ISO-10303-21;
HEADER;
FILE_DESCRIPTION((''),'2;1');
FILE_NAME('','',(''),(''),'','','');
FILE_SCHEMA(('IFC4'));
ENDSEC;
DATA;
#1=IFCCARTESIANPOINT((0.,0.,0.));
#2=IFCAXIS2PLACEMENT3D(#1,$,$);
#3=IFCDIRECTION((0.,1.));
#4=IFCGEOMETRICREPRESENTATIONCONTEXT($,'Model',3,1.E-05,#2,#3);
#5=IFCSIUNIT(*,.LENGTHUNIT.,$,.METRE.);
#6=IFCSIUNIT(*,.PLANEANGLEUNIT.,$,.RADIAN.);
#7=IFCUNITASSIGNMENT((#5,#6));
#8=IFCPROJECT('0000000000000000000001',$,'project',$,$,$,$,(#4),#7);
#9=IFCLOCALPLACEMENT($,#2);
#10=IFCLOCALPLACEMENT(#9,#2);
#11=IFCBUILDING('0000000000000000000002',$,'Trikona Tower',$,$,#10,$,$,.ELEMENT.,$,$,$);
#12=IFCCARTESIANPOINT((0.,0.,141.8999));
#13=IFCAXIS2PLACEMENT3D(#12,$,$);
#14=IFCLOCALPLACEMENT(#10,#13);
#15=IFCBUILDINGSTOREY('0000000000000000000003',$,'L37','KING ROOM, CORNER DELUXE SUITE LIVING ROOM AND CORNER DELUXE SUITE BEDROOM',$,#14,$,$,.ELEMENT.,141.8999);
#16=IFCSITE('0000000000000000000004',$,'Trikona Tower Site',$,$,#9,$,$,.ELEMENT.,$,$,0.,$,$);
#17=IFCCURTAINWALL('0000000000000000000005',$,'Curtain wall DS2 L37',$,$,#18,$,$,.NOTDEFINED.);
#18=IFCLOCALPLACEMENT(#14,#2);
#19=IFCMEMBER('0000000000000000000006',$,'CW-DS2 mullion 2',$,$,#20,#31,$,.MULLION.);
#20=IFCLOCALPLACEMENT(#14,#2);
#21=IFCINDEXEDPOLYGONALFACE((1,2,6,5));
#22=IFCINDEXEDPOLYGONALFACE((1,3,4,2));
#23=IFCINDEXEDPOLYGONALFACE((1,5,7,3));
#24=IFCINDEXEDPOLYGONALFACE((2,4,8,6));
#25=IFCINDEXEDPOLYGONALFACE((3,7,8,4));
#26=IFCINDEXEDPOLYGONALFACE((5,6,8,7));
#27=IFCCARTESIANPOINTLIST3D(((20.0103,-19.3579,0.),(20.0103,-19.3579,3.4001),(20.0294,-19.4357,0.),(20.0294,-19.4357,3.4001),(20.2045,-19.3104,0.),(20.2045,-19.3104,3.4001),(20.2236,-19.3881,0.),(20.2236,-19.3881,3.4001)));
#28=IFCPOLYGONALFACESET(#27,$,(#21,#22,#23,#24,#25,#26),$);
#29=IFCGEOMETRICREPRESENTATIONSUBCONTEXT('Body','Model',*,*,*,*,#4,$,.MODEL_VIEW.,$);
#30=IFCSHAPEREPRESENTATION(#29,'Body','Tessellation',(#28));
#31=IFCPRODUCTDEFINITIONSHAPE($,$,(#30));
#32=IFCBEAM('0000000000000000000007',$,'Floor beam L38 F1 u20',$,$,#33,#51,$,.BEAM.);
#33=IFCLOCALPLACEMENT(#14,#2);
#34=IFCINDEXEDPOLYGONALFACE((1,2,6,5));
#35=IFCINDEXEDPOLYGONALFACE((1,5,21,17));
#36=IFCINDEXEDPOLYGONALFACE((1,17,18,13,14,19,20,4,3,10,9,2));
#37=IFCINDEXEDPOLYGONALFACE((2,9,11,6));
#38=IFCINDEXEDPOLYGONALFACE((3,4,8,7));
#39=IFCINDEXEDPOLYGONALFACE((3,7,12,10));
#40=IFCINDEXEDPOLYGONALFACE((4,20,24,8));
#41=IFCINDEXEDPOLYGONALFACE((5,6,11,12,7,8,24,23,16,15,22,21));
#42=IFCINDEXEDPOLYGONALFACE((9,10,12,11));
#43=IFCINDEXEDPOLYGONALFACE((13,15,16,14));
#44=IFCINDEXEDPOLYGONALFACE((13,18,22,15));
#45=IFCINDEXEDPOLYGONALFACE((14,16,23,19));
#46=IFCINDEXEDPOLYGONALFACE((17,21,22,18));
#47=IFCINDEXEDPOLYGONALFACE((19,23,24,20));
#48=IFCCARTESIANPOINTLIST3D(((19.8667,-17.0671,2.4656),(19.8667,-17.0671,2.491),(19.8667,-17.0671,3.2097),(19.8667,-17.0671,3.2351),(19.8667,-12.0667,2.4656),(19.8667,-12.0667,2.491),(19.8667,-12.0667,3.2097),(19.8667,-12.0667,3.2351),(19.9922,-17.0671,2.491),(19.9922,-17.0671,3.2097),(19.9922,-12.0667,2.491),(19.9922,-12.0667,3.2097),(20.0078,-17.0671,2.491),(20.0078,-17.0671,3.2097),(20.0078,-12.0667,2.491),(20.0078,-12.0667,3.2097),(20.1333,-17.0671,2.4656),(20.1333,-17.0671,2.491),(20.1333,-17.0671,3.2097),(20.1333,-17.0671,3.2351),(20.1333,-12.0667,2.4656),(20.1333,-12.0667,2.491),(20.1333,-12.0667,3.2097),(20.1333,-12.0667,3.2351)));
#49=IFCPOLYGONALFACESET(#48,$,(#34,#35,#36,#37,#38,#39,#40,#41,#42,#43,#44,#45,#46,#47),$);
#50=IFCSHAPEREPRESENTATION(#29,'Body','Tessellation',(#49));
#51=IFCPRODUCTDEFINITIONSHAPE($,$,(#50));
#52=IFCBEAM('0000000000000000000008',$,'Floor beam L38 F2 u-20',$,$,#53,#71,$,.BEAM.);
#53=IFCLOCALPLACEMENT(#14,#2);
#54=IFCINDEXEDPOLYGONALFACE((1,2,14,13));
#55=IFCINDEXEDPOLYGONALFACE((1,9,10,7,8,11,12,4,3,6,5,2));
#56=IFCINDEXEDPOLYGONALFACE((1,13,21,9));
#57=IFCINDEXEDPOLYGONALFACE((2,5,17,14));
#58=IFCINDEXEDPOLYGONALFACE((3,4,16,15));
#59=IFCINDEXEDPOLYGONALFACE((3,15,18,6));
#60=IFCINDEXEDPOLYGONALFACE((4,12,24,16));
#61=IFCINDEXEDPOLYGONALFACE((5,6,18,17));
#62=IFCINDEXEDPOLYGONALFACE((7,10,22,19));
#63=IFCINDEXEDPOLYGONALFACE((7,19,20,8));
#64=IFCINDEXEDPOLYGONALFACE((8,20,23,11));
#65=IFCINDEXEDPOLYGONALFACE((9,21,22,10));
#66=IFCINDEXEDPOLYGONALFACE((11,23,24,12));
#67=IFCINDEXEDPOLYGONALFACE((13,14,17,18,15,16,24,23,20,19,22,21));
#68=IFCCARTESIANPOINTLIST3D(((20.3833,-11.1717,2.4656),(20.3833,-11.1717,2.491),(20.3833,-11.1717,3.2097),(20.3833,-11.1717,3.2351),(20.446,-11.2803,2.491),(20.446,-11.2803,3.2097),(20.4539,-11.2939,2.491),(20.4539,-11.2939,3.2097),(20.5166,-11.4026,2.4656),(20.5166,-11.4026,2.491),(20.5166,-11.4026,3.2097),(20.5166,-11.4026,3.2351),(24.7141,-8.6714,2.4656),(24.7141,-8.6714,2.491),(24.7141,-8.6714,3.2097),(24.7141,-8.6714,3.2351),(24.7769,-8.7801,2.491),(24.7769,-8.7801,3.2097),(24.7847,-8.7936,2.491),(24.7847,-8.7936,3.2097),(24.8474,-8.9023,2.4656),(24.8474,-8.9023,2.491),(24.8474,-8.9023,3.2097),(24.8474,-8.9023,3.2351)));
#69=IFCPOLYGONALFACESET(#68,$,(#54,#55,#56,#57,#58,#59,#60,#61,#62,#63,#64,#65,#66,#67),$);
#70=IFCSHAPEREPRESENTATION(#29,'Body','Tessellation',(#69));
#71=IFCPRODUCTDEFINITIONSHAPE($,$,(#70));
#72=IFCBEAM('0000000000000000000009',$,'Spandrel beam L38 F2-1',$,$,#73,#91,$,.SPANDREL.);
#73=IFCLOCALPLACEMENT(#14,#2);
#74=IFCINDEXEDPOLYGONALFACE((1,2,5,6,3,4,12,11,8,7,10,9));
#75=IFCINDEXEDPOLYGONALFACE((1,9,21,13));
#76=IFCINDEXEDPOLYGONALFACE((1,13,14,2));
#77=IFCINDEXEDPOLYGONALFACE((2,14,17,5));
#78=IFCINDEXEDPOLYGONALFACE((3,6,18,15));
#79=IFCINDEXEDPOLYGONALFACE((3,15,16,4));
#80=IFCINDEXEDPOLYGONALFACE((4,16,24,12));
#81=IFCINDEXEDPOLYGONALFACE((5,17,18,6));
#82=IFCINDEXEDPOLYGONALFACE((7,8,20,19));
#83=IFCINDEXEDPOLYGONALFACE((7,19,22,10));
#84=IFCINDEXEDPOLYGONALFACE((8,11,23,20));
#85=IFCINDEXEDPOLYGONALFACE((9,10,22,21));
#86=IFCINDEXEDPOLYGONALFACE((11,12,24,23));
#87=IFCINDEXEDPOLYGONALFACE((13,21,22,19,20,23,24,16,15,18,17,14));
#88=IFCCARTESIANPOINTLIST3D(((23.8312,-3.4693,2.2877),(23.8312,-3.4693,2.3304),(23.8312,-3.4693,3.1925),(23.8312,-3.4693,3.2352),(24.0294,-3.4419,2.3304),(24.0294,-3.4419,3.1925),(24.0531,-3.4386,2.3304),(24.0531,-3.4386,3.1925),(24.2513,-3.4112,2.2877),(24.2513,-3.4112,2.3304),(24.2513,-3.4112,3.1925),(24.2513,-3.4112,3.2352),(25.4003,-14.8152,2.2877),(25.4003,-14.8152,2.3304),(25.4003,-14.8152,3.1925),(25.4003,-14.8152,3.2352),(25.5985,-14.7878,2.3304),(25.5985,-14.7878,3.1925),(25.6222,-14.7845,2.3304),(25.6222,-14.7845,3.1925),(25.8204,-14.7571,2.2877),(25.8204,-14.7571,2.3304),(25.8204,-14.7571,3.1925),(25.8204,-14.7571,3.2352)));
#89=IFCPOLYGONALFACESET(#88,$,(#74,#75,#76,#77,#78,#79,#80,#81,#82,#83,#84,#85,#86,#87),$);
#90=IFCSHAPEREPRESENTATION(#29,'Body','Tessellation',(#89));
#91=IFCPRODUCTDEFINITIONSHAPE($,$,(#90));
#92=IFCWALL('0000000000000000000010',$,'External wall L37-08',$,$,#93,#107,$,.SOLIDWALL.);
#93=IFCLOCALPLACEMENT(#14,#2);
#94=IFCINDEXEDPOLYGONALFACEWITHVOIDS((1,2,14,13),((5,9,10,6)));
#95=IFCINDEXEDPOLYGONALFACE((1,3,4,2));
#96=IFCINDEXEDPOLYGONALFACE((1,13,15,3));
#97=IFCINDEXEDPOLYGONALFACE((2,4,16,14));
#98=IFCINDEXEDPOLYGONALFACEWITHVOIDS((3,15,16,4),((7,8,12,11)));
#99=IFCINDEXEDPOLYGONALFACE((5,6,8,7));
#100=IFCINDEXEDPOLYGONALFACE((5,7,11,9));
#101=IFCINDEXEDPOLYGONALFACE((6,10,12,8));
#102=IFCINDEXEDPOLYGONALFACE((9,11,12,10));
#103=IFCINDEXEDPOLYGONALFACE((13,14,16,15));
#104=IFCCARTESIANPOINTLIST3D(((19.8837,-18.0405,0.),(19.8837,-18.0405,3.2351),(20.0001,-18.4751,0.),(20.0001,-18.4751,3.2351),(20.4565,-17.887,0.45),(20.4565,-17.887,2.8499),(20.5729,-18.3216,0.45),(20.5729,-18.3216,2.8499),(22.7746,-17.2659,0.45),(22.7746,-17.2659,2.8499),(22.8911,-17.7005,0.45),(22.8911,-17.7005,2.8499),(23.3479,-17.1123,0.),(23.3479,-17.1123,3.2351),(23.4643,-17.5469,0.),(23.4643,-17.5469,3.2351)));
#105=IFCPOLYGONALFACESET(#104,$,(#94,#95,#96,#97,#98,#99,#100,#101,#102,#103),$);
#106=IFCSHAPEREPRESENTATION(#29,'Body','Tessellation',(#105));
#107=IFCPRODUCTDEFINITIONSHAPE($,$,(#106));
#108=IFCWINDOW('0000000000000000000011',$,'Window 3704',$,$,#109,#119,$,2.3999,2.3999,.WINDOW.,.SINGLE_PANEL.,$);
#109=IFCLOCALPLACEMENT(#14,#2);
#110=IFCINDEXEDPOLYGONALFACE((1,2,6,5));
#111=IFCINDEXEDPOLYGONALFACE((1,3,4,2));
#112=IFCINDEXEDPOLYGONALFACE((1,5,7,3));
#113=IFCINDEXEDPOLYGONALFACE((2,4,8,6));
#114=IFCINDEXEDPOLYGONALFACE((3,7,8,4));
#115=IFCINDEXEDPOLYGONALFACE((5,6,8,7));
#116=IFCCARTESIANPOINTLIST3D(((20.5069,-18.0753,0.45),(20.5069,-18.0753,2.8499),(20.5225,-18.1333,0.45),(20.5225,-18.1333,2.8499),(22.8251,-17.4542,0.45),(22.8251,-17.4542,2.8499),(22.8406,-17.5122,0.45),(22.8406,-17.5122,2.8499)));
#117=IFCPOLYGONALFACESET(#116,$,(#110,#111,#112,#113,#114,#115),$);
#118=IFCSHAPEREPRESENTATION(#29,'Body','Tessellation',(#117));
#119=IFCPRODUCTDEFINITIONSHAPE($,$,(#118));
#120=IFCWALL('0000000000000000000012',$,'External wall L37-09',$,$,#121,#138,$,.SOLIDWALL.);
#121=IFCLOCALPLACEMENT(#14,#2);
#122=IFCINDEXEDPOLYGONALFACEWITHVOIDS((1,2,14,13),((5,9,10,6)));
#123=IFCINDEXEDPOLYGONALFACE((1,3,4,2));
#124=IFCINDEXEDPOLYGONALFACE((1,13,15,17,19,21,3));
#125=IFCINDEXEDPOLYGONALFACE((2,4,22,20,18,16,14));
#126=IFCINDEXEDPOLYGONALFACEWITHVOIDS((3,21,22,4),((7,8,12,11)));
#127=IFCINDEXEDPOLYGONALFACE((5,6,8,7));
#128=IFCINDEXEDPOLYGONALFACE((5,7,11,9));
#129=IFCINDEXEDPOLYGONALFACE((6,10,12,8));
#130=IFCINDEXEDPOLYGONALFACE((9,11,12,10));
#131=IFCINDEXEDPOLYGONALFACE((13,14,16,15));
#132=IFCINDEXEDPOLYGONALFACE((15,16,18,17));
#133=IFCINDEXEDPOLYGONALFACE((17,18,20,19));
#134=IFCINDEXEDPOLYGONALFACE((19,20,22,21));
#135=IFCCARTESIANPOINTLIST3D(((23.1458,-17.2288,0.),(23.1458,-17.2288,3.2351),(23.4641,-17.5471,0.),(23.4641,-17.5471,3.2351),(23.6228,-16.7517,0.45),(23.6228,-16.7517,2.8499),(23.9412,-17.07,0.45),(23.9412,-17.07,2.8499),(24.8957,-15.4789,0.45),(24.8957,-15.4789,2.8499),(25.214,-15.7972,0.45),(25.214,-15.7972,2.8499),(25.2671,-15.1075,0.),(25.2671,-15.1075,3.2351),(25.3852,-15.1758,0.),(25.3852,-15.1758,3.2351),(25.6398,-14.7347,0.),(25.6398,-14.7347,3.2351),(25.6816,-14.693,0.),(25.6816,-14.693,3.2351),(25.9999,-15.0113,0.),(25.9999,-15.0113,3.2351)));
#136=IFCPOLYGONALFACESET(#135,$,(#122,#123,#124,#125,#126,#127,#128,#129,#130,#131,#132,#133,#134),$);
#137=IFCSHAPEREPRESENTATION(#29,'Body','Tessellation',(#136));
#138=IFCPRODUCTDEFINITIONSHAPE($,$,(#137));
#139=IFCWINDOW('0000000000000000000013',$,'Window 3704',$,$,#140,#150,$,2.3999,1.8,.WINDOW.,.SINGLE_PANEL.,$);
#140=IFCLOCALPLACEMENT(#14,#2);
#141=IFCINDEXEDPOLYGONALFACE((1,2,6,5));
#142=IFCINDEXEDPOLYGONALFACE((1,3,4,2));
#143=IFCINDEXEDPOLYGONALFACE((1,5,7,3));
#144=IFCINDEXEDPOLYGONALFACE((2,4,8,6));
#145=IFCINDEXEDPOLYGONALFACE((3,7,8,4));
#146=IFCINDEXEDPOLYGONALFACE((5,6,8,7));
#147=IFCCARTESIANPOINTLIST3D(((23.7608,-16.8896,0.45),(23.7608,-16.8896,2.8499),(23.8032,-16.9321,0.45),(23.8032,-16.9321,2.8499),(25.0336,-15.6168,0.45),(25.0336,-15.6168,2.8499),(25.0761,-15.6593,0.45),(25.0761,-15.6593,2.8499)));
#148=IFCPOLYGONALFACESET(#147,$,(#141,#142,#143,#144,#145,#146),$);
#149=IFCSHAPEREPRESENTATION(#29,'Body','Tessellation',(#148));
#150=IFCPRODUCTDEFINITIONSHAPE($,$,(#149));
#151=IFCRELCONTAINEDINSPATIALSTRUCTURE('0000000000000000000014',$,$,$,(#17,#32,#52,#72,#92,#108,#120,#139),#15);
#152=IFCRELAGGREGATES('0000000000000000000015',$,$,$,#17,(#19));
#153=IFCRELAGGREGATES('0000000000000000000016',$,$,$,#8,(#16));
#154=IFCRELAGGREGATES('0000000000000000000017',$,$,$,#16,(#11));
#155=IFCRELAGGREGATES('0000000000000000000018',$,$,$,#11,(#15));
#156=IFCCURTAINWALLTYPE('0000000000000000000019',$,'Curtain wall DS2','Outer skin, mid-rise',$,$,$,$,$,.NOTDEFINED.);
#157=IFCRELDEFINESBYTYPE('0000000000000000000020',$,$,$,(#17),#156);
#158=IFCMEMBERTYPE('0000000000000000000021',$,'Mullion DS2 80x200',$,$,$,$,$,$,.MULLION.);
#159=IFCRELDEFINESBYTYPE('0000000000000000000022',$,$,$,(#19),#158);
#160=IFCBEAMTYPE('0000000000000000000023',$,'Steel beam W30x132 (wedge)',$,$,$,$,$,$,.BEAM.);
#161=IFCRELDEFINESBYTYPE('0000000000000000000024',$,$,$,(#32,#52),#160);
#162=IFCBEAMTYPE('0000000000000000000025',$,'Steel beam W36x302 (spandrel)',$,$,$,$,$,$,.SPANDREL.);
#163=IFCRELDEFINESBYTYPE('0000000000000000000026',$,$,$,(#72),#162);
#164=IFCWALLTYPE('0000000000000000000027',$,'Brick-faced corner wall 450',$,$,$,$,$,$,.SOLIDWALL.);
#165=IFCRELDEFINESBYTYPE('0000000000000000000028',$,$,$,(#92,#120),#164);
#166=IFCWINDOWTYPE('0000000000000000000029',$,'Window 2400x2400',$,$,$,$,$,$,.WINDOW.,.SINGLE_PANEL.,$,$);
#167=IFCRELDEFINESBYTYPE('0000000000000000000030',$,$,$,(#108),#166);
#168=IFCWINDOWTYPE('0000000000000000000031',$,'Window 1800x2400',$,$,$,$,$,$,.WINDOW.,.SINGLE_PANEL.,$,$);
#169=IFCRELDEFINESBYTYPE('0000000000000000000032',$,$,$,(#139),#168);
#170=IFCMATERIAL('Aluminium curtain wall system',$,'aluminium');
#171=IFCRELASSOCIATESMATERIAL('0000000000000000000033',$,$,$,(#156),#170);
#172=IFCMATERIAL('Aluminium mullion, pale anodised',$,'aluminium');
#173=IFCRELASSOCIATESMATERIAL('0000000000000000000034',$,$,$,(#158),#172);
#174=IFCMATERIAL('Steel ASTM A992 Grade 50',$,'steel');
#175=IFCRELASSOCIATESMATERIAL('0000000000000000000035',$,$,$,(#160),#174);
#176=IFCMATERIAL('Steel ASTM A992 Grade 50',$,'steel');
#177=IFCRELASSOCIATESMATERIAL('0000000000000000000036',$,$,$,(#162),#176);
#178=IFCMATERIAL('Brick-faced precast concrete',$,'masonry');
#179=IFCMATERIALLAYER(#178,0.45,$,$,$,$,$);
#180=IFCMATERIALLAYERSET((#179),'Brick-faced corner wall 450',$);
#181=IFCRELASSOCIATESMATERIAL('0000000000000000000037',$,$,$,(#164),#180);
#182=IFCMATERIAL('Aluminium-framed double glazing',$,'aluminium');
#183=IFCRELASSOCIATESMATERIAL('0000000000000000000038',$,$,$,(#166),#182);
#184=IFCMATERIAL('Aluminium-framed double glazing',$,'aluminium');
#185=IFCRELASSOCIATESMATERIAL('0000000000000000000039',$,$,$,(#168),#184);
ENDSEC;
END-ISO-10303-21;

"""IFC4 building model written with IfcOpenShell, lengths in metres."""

from ifc_helpers import new_model, si_unit, direction, frame, frame_2d, origin, origin_2d, place, context, subcontext, project, spatial, polyline, rectangle, i_section, outline, extrude, material, layer, layer_set, material_profile, profile_set, type_object, element, fill, aggregate, save


model = new_model("IFC4")

# Units and contexts
model_context = context("Model", 3, precision=1e-05, world=origin(), true_north=direction((0.0, 1.0)))
body_context = subcontext(model_context, "Body", "Model", "MODEL_VIEW")
ifc_project = project(units=[si_unit("LENGTHUNIT", "METRE"), si_unit("PLANEANGLEUNIT", "RADIAN")], contexts=[model_context])

# Site, building, storey
site_placement = place(None, origin())
site = spatial("IfcSite", under=ifc_project, at=site_placement, Name="Trikona Tower Site", CompositionType="ELEMENT", RefElevation=0.0)
building_placement = place(site_placement, origin())
building = spatial("IfcBuilding", under=site, at=building_placement, Name="Trikona Tower", CompositionType="ELEMENT")
storey_placement = place(building_placement, frame((0.0, 0.0, 141.8999)))
storey = spatial("IfcBuildingStorey", under=building, at=storey_placement, Name="L37", Description="KING ROOM, CORNER DELUXE SUITE LIVING ROOM AND CORNER DELUXE SUITE BEDROOM", CompositionType="ELEMENT", Elevation=141.8999)

# Curtain wall, member
ifc_material_1 = material(Name="Aluminium curtain wall system", Category="aluminium")
curtain_wall_type = type_object("IfcCurtainWallType", Name="Curtain wall DS2", Description="Outer skin, mid-rise", PredefinedType="NOTDEFINED", material=ifc_material_1)
curtain_wall_placement = place(storey_placement, origin())
curtain_wall = element("IfcCurtainWall", 1, at=curtain_wall_placement, inside=storey, type_object=curtain_wall_type, Name="Curtain wall DS2 L37", PredefinedType="NOTDEFINED")
ifc_material_2 = material(Name="Aluminium mullion, pale anodised", Category="aluminium")
ifc_material_profile_1 = material_profile(ifc_material_2, rectangle(XDim=0.0801, YDim=0.2, at=origin_2d()), Name="MUL-DS2")
ifc_profile_set_1 = profile_set([ifc_material_profile_1], Name="Aluminium mullion, pale anodised")
member_type = type_object("IfcMemberType", Name="Mullion DS2 80x200", PredefinedType="MULLION", material=ifc_profile_set_1)
member_placement = place(storey_placement, frame((20.1169, -19.373, 0.0), z_axis=(0.0, 0.0, 1.0), x_axis=(-0.23797, 0.971272, 0.0)))
member = element("IfcMember", 2, at=member_placement, type_object=member_type, Name="CW-DS2 mullion 2", PredefinedType="MULLION", context=body_context, shape_type="SweptSolid", body=[
    extrude(rectangle(XDim=0.0801, YDim=0.2, at=origin_2d()), origin(), (0.0, 0.0, 1.0), 3.4001),
])
aggregate(curtain_wall, [member])

# Beams
ifc_material_3 = material(Name="Steel ASTM A992 Grade 50", Category="steel")
ifc_material_profile_2 = material_profile(ifc_material_3, i_section(OverallWidth=0.2666, OverallDepth=0.7695, WebThickness=0.0156, FlangeThickness=0.0254, at=origin_2d()), Name="W30X132")
ifc_profile_set_2 = profile_set([ifc_material_profile_2], Name="Steel ASTM A992 Grade 50")
beam_type_1 = type_object("IfcBeamType", Name="Steel beam W30x132 (wedge)", PredefinedType="BEAM", material=ifc_profile_set_2)
beam_1_placement = place(storey_placement, frame((20.0, -12.0667, 2.8503), z_axis=(0.0, -1.0, 0.0), x_axis=(1.0, 0.0, 0.0)))
element("IfcBeam", 3, at=beam_1_placement, inside=storey, type_object=beam_type_1, Name="Floor beam L38 F1 u20", PredefinedType="BEAM", context=body_context, shape_type="SweptSolid", body=[
    extrude(i_section(OverallWidth=0.2666, OverallDepth=0.7695, WebThickness=0.0156, FlangeThickness=0.0254, at=origin_2d()), origin(), (0.0, 0.0, 1.0), 5.0005),
])
beam_2_placement = place(storey_placement, frame((20.45, -11.2871, 2.8503), z_axis=(0.866038, 0.499977, 0.0), x_axis=(-0.499977, 0.866038, 0.0)))
element("IfcBeam", 4, at=beam_2_placement, inside=storey, type_object=beam_type_1, Name="Floor beam L38 F2 u-20", PredefinedType="BEAM", context=body_context, shape_type="SweptSolid", body=[
    extrude(i_section(OverallWidth=0.2666, OverallDepth=0.7695, WebThickness=0.0156, FlangeThickness=0.0254, at=origin_2d()), origin(), (0.0, 0.0, 1.0), 5.0007),
])
ifc_material_4 = material(Name="Steel ASTM A992 Grade 50", Category="steel")
ifc_material_profile_3 = material_profile(ifc_material_4, i_section(OverallWidth=0.4241, OverallDepth=0.9475, WebThickness=0.0239, FlangeThickness=0.0427, at=origin_2d()), Name="W36X302")
ifc_profile_set_3 = profile_set([ifc_material_profile_3], Name="Steel ASTM A992 Grade 50")
beam_type_2 = type_object("IfcBeamType", Name="Steel beam W36x302 (spandrel)", PredefinedType="SPANDREL", material=ifc_profile_set_3)
beam_3_placement = place(storey_placement, frame((25.6104, -14.7861, 2.7615), z_axis=(-0.136992, 0.990572, 0.0), x_axis=(-0.990572, -0.136992, 0.0)))
element("IfcBeam", 5, at=beam_3_placement, inside=storey, type_object=beam_type_2, Name="Spandrel beam L38 F2-1", PredefinedType="SPANDREL", context=body_context, shape_type="SweptSolid", body=[
    extrude(i_section(OverallWidth=0.4241, OverallDepth=0.9475, WebThickness=0.0239, FlangeThickness=0.0427, at=origin_2d()), origin(), (0.0, 0.0, 1.0), 11.4539),
])

# Walls, openings, windows
ifc_material_5 = material(Name="Brick-faced precast concrete", Category="masonry")
ifc_layer_1 = layer(ifc_material_5, 0.45)
ifc_layer_set_1 = layer_set([ifc_layer_1], Name="Brick-faced corner wall 450")
wall_type_1 = type_object("IfcWallType", Name="Brick-faced corner wall 450", PredefinedType="SOLIDWALL", material=ifc_layer_set_1)
wall_1_placement = place(storey_placement, frame((19.9419, -18.2578, 0.0), z_axis=(0.0, 0.0, 1.0), x_axis=(0.965925, 0.258823, 0.0)))
wall_1 = element("IfcWall", 6, at=wall_1_placement, inside=storey, type_object=wall_type_1, Name="External wall L37-08", PredefinedType="SOLIDWALL", context=body_context, shape_type="SweptSolid", body=[
    extrude(rectangle(XDim=3.5864, YDim=0.45, at=frame_2d((1.7932, 0.0))), origin(), (0.0, 0.0, 1.0), 3.2351),
])
opening_1_placement = place(wall_1_placement, frame((0.593, 0.0, 0.45)))
opening_1 = element("IfcOpeningElement", 7, at=opening_1_placement, cuts=wall_1, PredefinedType="OPENING", context=body_context, shape_type="SweptSolid", body=[
    extrude(rectangle(XDim=2.3999, YDim=2.3999, at=frame_2d((1.2, 1.2))), frame((0.0, 0.2349, 0.0), z_axis=(0.0, -1.0, 0.0), x_axis=(1.0, 0.0, 0.0)), (0.0, 0.0, 1.0), 0.47),
])
ifc_material_6 = material(Name="Aluminium-framed double glazing", Category="aluminium")
window_type_1 = type_object("IfcWindowType", Name="Window 2400x2400", PartitioningType="SINGLE_PANEL", PredefinedType="WINDOW", material=ifc_material_6)
window_1_placement = place(opening_1_placement, origin())
window_1 = element("IfcWindow", 8, at=window_1_placement, inside=storey, type_object=window_type_1, Name="Window 3704", OverallHeight=2.3999, OverallWidth=2.3999, PartitioningType="SINGLE_PANEL", PredefinedType="WINDOW", context=body_context, shape_type="SweptSolid", body=[
    extrude(rectangle(XDim=2.3999, YDim=2.3999, at=frame_2d((1.2, 1.2))), frame((0.0, 0.03, 0.0), z_axis=(0.0, -1.0, 0.0), x_axis=(1.0, 0.0, 0.0)), (0.0, 0.0, 1.0), 0.0601),
])
fill(opening_1, window_1)
wall_2_placement = place(storey_placement, frame((23.3049, -17.3879, 0.0), z_axis=(0.0, 0.0, 1.0), x_axis=(0.707107, 0.707107, 0.0)))
wall_2 = element("IfcWall", 9, at=wall_2_placement, inside=storey, type_object=wall_type_1, Name="External wall L37-09", PredefinedType="SOLIDWALL", context=body_context, shape_type="SweptSolid", body=[
    extrude(outline(polyline([(3.5862, 0.2251), (3.5271, 0.2251), (3.0352, 0.0933), (3.0, 0.2251), (0.0, 0.2251), (0.0, -0.2251), (3.5862, -0.2251), (3.5862, 0.2251)])), origin(), (0.0, 0.0, 1.0), 3.2351),
])
opening_2_placement = place(wall_2_placement, frame((0.6748, 0.0, 0.45)))
opening_2 = element("IfcOpeningElement", 10, at=opening_2_placement, cuts=wall_2, PredefinedType="OPENING", context=body_context, shape_type="SweptSolid", body=[
    extrude(rectangle(XDim=1.8, YDim=2.3999, at=frame_2d((0.8999, 1.2))), frame((0.0, 0.2349, 0.0), z_axis=(0.0, -1.0, 0.0), x_axis=(1.0, 0.0, 0.0)), (0.0, 0.0, 1.0), 0.47),
])
ifc_material_7 = material(Name="Aluminium-framed double glazing", Category="aluminium")
window_type_2 = type_object("IfcWindowType", Name="Window 1800x2400", PartitioningType="SINGLE_PANEL", PredefinedType="WINDOW", material=ifc_material_7)
window_2_placement = place(opening_2_placement, origin())
window_2 = element("IfcWindow", 11, at=window_2_placement, inside=storey, type_object=window_type_2, Name="Window 3704", OverallHeight=2.3999, OverallWidth=1.8, PartitioningType="SINGLE_PANEL", PredefinedType="WINDOW", context=body_context, shape_type="SweptSolid", body=[
    extrude(rectangle(XDim=1.8, YDim=2.3999, at=frame_2d((0.8999, 1.2))), frame((0.0, 0.03, 0.0), z_axis=(0.0, -1.0, 0.0), x_axis=(1.0, 0.0, 0.0)), (0.0, 0.0, 1.0), 0.0601),
])
fill(opening_2, window_2)

save(model, "model.ifc")
